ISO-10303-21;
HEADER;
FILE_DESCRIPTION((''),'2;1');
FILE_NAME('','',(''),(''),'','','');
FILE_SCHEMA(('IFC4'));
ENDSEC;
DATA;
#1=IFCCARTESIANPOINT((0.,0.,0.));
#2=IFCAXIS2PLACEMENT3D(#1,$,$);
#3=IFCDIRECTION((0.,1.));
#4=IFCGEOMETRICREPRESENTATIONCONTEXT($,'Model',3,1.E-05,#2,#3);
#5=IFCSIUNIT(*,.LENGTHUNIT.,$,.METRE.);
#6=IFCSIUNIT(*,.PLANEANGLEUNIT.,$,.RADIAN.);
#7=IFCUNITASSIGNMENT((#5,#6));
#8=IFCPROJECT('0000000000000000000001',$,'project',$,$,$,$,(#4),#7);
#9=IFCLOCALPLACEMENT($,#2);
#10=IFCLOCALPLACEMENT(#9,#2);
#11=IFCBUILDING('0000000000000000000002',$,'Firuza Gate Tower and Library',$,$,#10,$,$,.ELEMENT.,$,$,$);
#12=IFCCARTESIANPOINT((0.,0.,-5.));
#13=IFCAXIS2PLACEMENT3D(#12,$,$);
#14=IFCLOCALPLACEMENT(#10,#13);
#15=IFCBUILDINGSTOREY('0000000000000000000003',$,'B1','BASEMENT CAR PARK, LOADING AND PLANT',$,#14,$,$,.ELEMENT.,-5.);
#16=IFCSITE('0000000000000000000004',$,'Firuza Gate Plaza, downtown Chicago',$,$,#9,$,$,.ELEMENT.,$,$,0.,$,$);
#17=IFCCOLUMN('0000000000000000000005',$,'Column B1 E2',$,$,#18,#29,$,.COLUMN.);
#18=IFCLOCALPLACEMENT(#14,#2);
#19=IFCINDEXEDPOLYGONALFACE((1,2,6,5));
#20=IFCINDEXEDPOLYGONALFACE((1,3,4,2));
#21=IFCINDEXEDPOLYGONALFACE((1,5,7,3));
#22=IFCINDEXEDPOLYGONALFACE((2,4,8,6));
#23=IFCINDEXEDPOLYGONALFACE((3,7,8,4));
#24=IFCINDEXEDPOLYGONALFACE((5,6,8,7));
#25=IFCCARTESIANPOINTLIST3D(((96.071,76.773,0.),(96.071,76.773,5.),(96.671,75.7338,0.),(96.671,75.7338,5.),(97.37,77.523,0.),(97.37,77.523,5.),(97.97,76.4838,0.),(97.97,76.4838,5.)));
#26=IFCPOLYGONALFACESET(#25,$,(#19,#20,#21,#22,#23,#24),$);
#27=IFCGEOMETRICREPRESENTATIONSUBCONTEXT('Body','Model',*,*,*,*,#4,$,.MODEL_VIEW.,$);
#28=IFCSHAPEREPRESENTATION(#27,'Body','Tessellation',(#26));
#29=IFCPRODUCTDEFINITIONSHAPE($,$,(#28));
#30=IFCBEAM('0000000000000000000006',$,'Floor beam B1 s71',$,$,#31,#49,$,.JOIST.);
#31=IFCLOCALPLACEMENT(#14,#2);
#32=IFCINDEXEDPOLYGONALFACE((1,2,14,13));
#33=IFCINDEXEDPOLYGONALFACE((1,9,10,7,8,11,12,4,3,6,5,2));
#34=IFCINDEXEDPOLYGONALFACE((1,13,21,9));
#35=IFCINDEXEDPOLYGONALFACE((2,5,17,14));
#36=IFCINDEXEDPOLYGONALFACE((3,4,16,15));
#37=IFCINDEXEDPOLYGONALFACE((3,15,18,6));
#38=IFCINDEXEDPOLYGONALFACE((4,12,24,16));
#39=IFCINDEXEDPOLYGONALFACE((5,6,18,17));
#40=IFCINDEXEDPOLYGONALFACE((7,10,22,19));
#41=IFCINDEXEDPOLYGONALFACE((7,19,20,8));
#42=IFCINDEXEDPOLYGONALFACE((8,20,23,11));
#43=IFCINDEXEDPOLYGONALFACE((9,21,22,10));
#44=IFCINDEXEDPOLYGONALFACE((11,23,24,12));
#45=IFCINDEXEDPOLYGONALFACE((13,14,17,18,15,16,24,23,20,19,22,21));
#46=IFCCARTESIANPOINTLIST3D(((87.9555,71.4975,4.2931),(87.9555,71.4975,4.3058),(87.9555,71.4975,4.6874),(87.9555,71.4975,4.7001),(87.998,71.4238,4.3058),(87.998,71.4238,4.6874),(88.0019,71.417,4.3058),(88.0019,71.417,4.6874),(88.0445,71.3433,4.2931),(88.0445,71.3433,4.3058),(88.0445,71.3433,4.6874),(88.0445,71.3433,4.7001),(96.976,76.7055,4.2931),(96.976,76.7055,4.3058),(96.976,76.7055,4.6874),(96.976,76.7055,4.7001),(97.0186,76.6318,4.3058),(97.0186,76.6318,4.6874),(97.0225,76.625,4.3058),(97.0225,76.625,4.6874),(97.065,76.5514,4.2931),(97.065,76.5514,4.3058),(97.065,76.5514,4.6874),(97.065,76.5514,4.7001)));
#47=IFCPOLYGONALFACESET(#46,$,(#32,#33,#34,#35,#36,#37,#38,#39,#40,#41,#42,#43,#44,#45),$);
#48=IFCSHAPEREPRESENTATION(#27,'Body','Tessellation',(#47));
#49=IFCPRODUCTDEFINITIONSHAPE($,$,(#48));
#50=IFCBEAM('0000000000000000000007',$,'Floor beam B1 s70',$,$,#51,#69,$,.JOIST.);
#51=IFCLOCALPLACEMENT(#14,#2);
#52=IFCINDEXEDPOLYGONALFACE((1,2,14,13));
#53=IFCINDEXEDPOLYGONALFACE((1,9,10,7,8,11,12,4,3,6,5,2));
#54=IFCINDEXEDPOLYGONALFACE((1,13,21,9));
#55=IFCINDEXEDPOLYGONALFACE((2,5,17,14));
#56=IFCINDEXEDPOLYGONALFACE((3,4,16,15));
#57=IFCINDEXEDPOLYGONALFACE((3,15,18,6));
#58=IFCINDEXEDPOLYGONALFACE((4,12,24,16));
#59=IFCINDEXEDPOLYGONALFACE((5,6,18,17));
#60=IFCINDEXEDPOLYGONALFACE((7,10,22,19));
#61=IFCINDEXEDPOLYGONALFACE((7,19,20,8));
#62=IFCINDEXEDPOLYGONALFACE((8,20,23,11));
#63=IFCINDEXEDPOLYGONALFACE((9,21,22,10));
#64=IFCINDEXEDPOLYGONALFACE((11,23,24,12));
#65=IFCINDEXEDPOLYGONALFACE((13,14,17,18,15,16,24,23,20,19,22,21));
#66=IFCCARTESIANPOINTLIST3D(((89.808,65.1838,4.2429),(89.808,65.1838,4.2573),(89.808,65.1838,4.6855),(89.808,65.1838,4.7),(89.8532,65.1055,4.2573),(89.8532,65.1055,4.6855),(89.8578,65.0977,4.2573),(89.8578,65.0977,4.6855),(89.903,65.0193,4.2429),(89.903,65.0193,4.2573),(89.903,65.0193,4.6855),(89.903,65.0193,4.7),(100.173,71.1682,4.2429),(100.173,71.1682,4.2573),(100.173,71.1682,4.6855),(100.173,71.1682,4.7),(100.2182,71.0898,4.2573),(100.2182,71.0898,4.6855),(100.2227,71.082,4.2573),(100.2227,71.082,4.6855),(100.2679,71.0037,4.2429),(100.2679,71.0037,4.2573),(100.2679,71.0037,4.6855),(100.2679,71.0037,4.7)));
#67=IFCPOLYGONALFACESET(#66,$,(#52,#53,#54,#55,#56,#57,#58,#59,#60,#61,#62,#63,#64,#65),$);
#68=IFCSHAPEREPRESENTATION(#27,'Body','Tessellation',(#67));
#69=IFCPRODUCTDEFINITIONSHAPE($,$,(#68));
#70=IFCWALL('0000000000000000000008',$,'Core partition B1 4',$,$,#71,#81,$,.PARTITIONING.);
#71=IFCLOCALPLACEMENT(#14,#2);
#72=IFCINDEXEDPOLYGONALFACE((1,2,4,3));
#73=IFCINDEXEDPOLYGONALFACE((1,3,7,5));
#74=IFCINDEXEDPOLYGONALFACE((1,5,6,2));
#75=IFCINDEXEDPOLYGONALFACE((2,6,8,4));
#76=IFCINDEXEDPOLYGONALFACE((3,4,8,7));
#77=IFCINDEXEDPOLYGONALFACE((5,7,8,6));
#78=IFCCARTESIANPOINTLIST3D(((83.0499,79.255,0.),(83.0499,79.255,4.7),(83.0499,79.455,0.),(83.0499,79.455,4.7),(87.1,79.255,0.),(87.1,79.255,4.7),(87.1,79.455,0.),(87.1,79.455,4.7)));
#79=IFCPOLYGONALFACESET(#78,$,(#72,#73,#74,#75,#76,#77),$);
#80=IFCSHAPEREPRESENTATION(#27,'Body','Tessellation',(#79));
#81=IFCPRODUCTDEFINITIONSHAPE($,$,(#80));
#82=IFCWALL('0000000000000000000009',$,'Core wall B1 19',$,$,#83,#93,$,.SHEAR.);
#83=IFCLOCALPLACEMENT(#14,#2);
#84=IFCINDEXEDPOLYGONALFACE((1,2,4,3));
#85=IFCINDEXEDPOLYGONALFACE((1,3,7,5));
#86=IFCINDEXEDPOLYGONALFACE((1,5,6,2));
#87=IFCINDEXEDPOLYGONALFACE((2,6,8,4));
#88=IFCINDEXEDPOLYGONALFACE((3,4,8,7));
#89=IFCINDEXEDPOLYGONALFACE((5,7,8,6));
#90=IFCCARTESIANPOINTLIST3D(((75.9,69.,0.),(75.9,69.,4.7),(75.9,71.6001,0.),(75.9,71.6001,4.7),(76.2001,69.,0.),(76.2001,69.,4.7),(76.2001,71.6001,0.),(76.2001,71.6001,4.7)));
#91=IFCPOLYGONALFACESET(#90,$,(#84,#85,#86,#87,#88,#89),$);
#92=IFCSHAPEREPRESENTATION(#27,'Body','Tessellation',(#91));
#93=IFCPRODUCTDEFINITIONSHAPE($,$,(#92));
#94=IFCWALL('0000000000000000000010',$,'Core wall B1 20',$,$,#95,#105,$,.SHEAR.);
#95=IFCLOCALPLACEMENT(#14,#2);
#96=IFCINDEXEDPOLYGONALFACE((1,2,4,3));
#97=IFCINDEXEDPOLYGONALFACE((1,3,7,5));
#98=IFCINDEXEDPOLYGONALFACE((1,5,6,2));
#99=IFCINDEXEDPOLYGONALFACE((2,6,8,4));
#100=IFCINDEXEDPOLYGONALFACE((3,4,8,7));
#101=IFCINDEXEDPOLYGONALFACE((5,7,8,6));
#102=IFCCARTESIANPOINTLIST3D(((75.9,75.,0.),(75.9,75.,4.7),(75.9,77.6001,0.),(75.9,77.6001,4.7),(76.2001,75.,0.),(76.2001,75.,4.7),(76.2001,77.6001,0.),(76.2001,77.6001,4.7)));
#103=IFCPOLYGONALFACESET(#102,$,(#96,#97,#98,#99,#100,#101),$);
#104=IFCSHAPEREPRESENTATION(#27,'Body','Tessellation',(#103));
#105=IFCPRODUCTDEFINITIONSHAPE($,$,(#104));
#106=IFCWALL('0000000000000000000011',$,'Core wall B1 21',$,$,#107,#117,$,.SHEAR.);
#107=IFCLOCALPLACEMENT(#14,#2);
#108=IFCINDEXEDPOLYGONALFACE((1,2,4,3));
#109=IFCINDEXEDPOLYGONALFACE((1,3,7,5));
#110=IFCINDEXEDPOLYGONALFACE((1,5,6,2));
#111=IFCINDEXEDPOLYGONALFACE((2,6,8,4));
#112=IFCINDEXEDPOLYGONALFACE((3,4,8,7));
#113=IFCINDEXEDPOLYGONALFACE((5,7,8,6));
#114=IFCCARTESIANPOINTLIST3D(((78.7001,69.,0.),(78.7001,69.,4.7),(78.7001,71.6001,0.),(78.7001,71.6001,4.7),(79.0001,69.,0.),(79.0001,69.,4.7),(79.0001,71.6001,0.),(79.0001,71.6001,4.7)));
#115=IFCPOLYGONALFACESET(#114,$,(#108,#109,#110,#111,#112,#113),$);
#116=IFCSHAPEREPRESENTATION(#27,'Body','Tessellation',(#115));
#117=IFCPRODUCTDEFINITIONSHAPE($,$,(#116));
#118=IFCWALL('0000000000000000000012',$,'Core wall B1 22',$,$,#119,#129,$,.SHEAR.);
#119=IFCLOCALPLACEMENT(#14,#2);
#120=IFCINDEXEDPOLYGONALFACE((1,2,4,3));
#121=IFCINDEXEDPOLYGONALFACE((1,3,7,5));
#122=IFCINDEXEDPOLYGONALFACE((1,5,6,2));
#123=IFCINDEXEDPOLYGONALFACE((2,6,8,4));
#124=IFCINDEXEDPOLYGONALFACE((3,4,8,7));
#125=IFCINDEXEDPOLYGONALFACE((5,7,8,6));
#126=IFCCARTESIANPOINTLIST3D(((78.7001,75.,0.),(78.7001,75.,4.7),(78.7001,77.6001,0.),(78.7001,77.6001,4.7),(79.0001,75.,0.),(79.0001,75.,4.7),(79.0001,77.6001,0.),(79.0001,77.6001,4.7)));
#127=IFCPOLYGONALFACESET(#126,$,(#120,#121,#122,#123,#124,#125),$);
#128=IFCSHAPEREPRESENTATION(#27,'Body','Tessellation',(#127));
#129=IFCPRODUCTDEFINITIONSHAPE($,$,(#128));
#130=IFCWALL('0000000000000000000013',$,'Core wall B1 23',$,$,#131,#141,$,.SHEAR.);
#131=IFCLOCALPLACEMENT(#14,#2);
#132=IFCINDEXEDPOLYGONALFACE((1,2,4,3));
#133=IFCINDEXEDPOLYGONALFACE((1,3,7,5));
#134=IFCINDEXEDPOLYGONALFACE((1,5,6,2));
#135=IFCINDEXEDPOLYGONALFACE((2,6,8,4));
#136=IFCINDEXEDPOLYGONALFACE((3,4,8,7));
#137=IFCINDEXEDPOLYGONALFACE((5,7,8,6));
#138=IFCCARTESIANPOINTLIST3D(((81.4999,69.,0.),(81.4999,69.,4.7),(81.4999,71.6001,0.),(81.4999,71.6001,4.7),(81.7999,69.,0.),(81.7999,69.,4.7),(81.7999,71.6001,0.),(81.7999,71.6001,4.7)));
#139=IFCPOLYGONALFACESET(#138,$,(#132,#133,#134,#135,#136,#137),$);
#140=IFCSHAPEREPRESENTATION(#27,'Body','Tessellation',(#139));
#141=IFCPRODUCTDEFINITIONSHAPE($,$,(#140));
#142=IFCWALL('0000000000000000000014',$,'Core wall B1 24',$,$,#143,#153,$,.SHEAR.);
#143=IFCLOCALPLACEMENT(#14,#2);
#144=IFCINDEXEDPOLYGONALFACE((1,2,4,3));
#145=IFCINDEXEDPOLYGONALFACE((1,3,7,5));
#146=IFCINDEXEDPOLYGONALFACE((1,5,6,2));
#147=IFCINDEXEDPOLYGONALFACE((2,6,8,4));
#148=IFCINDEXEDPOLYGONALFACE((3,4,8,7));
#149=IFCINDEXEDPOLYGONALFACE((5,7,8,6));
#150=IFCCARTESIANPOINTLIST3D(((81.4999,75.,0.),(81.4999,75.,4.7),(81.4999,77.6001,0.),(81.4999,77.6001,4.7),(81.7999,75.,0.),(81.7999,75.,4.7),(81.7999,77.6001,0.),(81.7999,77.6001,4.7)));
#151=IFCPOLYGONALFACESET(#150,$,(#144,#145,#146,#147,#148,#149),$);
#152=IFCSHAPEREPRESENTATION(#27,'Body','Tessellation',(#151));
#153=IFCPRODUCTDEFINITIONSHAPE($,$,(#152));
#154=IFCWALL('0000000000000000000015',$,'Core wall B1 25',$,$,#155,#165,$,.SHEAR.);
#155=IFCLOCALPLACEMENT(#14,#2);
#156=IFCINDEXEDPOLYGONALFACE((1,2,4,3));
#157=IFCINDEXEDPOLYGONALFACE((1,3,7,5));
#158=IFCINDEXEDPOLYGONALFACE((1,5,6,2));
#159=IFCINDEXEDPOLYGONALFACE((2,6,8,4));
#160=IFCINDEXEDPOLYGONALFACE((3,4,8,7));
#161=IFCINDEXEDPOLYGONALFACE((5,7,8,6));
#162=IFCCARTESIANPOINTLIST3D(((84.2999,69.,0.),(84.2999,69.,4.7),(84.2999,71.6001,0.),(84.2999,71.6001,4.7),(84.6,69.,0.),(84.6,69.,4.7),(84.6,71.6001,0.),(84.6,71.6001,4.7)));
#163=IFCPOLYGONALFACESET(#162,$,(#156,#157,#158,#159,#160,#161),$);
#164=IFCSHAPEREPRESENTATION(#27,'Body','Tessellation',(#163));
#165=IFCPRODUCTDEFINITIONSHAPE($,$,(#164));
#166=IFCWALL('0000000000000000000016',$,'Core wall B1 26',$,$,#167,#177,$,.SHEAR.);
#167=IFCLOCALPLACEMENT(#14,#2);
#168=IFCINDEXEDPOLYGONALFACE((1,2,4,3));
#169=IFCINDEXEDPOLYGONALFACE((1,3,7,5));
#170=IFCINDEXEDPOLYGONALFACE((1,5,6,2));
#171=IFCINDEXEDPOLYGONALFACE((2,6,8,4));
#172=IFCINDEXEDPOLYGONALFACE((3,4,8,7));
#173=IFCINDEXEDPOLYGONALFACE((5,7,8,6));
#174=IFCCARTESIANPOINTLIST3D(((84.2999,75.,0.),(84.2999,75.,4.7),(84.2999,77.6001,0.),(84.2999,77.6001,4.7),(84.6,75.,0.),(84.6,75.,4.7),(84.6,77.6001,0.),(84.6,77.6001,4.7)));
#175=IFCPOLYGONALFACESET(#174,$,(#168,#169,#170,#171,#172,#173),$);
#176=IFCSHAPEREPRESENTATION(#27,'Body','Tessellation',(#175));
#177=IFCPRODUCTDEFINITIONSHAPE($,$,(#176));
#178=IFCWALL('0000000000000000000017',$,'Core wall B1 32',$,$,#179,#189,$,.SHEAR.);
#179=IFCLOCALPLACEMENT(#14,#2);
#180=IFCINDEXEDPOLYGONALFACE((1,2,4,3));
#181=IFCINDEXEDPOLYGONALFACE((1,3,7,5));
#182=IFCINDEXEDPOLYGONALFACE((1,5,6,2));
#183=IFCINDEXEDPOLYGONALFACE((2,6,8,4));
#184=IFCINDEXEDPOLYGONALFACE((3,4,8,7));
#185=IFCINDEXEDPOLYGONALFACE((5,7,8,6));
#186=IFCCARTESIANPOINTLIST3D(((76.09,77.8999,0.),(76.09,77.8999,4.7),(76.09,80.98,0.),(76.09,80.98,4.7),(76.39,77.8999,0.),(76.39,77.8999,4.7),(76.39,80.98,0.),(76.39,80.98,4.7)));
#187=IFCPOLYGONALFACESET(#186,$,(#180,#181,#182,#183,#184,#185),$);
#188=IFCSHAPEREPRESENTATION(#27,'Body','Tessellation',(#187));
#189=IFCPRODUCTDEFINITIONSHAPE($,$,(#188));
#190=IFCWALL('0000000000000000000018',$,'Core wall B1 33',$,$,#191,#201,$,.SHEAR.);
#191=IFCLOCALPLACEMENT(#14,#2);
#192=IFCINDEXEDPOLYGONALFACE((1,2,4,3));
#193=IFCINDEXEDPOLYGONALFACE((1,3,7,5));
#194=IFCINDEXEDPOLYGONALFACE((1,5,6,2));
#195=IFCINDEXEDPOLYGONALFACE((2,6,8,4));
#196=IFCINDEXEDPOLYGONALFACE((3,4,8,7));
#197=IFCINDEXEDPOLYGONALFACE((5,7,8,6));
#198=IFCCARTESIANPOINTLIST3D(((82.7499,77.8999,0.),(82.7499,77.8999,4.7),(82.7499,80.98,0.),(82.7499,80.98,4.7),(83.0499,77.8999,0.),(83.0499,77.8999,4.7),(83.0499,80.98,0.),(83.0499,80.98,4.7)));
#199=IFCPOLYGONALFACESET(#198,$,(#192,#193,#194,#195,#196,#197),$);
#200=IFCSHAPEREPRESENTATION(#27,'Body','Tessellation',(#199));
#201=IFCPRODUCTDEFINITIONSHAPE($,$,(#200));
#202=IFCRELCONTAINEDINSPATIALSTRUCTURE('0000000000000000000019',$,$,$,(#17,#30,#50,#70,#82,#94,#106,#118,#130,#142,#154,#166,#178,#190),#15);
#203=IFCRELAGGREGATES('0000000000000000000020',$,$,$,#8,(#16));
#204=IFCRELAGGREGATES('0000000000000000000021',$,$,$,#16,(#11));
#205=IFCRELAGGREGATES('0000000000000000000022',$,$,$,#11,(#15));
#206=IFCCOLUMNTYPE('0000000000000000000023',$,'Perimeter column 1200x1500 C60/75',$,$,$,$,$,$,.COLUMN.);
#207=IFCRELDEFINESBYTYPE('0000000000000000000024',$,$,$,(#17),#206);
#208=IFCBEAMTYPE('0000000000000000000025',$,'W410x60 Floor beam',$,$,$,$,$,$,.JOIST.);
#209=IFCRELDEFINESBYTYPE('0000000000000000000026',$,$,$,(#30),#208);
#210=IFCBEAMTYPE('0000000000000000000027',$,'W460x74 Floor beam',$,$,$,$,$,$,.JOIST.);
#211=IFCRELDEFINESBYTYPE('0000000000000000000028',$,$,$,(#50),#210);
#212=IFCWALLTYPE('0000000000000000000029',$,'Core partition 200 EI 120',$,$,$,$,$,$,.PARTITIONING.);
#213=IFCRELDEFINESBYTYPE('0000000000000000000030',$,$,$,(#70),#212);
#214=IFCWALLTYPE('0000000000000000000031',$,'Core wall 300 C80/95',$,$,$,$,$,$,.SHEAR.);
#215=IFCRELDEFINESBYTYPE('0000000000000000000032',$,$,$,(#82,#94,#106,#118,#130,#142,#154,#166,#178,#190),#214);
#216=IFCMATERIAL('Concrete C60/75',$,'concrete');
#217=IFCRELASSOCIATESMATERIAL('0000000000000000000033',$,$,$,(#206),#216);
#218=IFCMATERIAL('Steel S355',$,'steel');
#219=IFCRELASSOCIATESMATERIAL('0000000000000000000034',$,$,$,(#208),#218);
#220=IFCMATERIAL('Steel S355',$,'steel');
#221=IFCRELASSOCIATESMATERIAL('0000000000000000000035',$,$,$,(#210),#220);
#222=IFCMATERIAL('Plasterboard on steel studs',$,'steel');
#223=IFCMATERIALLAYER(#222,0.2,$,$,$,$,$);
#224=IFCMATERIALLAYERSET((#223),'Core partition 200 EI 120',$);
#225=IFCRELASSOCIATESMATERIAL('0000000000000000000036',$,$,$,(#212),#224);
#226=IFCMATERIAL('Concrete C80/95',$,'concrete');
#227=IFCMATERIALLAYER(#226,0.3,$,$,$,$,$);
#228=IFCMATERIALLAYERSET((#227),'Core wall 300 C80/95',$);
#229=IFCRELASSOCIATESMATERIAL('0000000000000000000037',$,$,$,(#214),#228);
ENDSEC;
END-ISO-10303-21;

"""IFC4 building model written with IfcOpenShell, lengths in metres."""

from ifc_helpers import new_model, si_unit, direction, frame, frame_2d, origin, origin_2d, place, context, subcontext, project, spatial, rectangle, i_section, extrude, material, layer, layer_set, material_profile, profile_set, type_object, element, save


model = new_model("IFC4")

# Units and contexts
model_context = context("Model", 3, precision=1e-05, world=origin(), true_north=direction((0.0, 1.0)))
body_context = subcontext(model_context, "Body", "Model", "MODEL_VIEW")
ifc_project = project(units=[si_unit("LENGTHUNIT", "METRE"), si_unit("PLANEANGLEUNIT", "RADIAN")], contexts=[model_context])

# Site, building, storey
site_placement = place(None, origin())
site = spatial("IfcSite", under=ifc_project, at=site_placement, Name="Firuza Gate Plaza, downtown Chicago", CompositionType="ELEMENT", RefElevation=0.0)
building_placement = place(site_placement, origin())
building = spatial("IfcBuilding", under=site, at=building_placement, Name="Firuza Gate Tower and Library", CompositionType="ELEMENT")
storey_placement = place(building_placement, frame((0.0, 0.0, -5.0)))
storey = spatial("IfcBuildingStorey", under=building, at=storey_placement, Name="B1", Description="BASEMENT CAR PARK, LOADING AND PLANT", CompositionType="ELEMENT", Elevation=-5.0)

# Column
ifc_material_1 = material(Name="Concrete C60/75", Category="concrete")
ifc_material_profile_1 = material_profile(ifc_material_1, rectangle(XDim=1.2, YDim=1.5, at=origin_2d()))
ifc_profile_set_1 = profile_set([ifc_material_profile_1], Name="Concrete C60/75")
column_type = type_object("IfcColumnType", Name="Perimeter column 1200x1500 C60/75", PredefinedType="COLUMN", material=ifc_profile_set_1)
column_placement = place(storey_placement, frame((97.0205, 76.6284, 0.0), z_axis=(0.0, 0.0, 1.0), x_axis=(-0.5, 0.866025, 0.0)))
element("IfcColumn", 1, at=column_placement, inside=storey, type_object=column_type, Name="Column B1 E2", PredefinedType="COLUMN", context=body_context, shape_type="SweptSolid", body=[
    extrude(rectangle(XDim=1.2, YDim=1.5, at=origin_2d()), origin(), (0.0, 0.0, 1.0), 5.0),
])

# Beams
ifc_material_2 = material(Name="Steel S355", Category="steel")
ifc_material_profile_2 = material_profile(ifc_material_2, i_section(OverallWidth=0.178, OverallDepth=0.407, WebThickness=0.0078, FlangeThickness=0.0127, at=origin_2d()))
ifc_profile_set_2 = profile_set([ifc_material_profile_2], Name="Steel S355")
beam_type_1 = type_object("IfcBeamType", Name="W410x60 Floor beam", PredefinedType="JOIST", material=ifc_profile_set_2)
beam_1_placement = place(storey_placement, frame((97.0205, 76.6284, 4.4966), z_axis=(-0.866025, -0.500001, 0.0), x_axis=(0.500001, -0.866025, 0.0)))
element("IfcBeam", 2, at=beam_1_placement, inside=storey, type_object=beam_type_1, Name="Floor beam B1 s71", PredefinedType="JOIST", context=body_context, shape_type="SweptSolid", body=[
    extrude(i_section(OverallWidth=0.178, OverallDepth=0.407, WebThickness=0.0078, FlangeThickness=0.0127, at=origin_2d()), origin(), (0.0, 0.0, 1.0), 10.416),
])
ifc_material_3 = material(Name="Steel S355", Category="steel")
ifc_material_profile_3 = material_profile(ifc_material_3, i_section(OverallWidth=0.1899, OverallDepth=0.457, WebThickness=0.009, FlangeThickness=0.0144, at=origin_2d()))
ifc_profile_set_3 = profile_set([ifc_material_profile_3], Name="Steel S355")
beam_type_2 = type_object("IfcBeamType", Name="W460x74 Floor beam", PredefinedType="JOIST", material=ifc_profile_set_3)
beam_2_placement = place(storey_placement, frame((100.2205, 71.0859, 4.4714), z_axis=(-0.86602, -0.500009, 0.0), x_axis=(0.500009, -0.86602, 0.0)))
element("IfcBeam", 3, at=beam_2_placement, inside=storey, type_object=beam_type_2, Name="Floor beam B1 s70", PredefinedType="JOIST", context=body_context, shape_type="SweptSolid", body=[
    extrude(i_section(OverallWidth=0.1899, OverallDepth=0.457, WebThickness=0.009, FlangeThickness=0.0144, at=origin_2d()), origin(), (0.0, 0.0, 1.0), 11.9685),
])

# Walls
ifc_material_4 = material(Name="Plasterboard on steel studs", Category="steel")
ifc_layer_1 = layer(ifc_material_4, 0.2)
ifc_layer_set_1 = layer_set([ifc_layer_1], Name="Core partition 200 EI 120")
wall_type_1 = type_object("IfcWallType", Name="Core partition 200 EI 120", PredefinedType="PARTITIONING", material=ifc_layer_set_1)
wall_placement = place(storey_placement, frame((83.05, 79.355, 0.0), z_axis=(0.0, 0.0, 1.0), x_axis=(1.0, 0.0, 0.0)))
element("IfcWall", 4, at=wall_placement, inside=storey, type_object=wall_type_1, Name="Core partition B1 4", PredefinedType="PARTITIONING", context=body_context, shape_type="SweptSolid", body=[
    extrude(rectangle(XDim=4.05, YDim=0.2, at=frame_2d((2.0249, 0.0))), origin(), (0.0, 0.0, 1.0), 4.7),
])
ifc_material_5 = material(Name="Concrete C80/95", Category="concrete")
ifc_layer_2 = layer(ifc_material_5, 0.3)
ifc_layer_set_2 = layer_set([ifc_layer_2], Name="Core wall 300 C80/95")
wall_type_2 = type_object("IfcWallType", Name="Core wall 300 C80/95", PredefinedType="SHEAR", material=ifc_layer_set_2)
for number, where, z_axis, x_axis, name in (
    (5, (76.05, 69.0, 0.0), (0.0, 0.0, 1.0), (0.0, 1.0, 0.0), "Core wall B1 19"),
    (6, (76.05, 75.0, 0.0), (0.0, 0.0, 1.0), (0.0, 1.0, 0.0), "Core wall B1 20"),
    (7, (78.8501, 69.0, 0.0), (0.0, 0.0, 1.0), (0.0, 1.0, 0.0), "Core wall B1 21"),
    (8, (78.8501, 75.0, 0.0), (0.0, 0.0, 1.0), (0.0, 1.0, 0.0), "Core wall B1 22"),
    (9, (81.6499, 69.0, 0.0), (0.0, 0.0, 1.0), (0.0, 1.0, 0.0), "Core wall B1 23"),
    (10, (81.6499, 75.0, 0.0), (0.0, 0.0, 1.0), (0.0, 1.0, 0.0), "Core wall B1 24"),
    (11, (84.45, 69.0, 0.0), (0.0, 0.0, 1.0), (0.0, 1.0, 0.0), "Core wall B1 25"),
    (12, (84.45, 75.0, 0.0), (0.0, 0.0, 1.0), (0.0, 1.0, 0.0), "Core wall B1 26"),
):
    element("IfcWall", number, at=place(storey_placement, frame(where, z_axis=z_axis, x_axis=x_axis)), inside=storey, type_object=wall_type_2, Name=name, PredefinedType="SHEAR", context=body_context, shape_type="SweptSolid", body=[
        extrude(rectangle(XDim=2.6001, YDim=0.3, at=frame_2d((1.3, 0.0))), origin(), (0.0, 0.0, 1.0), 4.7),
    ])
for number, where, z_axis, x_axis, name in (
    (13, (76.24, 77.8999, 0.0), (0.0, 0.0, 1.0), (0.0, 1.0, 0.0), "Core wall B1 32"),
    (14, (82.8999, 77.8999, 0.0), (0.0, 0.0, 1.0), (0.0, 1.0, 0.0), "Core wall B1 33"),
):
    element("IfcWall", number, at=place(storey_placement, frame(where, z_axis=z_axis, x_axis=x_axis)), inside=storey, type_object=wall_type_2, Name=name, PredefinedType="SHEAR", context=body_context, shape_type="SweptSolid", body=[
        extrude(rectangle(XDim=3.0801, YDim=0.3, at=frame_2d((1.54, 0.0))), origin(), (0.0, 0.0, 1.0), 4.7),
    ])

save(model, "model.ifc")
